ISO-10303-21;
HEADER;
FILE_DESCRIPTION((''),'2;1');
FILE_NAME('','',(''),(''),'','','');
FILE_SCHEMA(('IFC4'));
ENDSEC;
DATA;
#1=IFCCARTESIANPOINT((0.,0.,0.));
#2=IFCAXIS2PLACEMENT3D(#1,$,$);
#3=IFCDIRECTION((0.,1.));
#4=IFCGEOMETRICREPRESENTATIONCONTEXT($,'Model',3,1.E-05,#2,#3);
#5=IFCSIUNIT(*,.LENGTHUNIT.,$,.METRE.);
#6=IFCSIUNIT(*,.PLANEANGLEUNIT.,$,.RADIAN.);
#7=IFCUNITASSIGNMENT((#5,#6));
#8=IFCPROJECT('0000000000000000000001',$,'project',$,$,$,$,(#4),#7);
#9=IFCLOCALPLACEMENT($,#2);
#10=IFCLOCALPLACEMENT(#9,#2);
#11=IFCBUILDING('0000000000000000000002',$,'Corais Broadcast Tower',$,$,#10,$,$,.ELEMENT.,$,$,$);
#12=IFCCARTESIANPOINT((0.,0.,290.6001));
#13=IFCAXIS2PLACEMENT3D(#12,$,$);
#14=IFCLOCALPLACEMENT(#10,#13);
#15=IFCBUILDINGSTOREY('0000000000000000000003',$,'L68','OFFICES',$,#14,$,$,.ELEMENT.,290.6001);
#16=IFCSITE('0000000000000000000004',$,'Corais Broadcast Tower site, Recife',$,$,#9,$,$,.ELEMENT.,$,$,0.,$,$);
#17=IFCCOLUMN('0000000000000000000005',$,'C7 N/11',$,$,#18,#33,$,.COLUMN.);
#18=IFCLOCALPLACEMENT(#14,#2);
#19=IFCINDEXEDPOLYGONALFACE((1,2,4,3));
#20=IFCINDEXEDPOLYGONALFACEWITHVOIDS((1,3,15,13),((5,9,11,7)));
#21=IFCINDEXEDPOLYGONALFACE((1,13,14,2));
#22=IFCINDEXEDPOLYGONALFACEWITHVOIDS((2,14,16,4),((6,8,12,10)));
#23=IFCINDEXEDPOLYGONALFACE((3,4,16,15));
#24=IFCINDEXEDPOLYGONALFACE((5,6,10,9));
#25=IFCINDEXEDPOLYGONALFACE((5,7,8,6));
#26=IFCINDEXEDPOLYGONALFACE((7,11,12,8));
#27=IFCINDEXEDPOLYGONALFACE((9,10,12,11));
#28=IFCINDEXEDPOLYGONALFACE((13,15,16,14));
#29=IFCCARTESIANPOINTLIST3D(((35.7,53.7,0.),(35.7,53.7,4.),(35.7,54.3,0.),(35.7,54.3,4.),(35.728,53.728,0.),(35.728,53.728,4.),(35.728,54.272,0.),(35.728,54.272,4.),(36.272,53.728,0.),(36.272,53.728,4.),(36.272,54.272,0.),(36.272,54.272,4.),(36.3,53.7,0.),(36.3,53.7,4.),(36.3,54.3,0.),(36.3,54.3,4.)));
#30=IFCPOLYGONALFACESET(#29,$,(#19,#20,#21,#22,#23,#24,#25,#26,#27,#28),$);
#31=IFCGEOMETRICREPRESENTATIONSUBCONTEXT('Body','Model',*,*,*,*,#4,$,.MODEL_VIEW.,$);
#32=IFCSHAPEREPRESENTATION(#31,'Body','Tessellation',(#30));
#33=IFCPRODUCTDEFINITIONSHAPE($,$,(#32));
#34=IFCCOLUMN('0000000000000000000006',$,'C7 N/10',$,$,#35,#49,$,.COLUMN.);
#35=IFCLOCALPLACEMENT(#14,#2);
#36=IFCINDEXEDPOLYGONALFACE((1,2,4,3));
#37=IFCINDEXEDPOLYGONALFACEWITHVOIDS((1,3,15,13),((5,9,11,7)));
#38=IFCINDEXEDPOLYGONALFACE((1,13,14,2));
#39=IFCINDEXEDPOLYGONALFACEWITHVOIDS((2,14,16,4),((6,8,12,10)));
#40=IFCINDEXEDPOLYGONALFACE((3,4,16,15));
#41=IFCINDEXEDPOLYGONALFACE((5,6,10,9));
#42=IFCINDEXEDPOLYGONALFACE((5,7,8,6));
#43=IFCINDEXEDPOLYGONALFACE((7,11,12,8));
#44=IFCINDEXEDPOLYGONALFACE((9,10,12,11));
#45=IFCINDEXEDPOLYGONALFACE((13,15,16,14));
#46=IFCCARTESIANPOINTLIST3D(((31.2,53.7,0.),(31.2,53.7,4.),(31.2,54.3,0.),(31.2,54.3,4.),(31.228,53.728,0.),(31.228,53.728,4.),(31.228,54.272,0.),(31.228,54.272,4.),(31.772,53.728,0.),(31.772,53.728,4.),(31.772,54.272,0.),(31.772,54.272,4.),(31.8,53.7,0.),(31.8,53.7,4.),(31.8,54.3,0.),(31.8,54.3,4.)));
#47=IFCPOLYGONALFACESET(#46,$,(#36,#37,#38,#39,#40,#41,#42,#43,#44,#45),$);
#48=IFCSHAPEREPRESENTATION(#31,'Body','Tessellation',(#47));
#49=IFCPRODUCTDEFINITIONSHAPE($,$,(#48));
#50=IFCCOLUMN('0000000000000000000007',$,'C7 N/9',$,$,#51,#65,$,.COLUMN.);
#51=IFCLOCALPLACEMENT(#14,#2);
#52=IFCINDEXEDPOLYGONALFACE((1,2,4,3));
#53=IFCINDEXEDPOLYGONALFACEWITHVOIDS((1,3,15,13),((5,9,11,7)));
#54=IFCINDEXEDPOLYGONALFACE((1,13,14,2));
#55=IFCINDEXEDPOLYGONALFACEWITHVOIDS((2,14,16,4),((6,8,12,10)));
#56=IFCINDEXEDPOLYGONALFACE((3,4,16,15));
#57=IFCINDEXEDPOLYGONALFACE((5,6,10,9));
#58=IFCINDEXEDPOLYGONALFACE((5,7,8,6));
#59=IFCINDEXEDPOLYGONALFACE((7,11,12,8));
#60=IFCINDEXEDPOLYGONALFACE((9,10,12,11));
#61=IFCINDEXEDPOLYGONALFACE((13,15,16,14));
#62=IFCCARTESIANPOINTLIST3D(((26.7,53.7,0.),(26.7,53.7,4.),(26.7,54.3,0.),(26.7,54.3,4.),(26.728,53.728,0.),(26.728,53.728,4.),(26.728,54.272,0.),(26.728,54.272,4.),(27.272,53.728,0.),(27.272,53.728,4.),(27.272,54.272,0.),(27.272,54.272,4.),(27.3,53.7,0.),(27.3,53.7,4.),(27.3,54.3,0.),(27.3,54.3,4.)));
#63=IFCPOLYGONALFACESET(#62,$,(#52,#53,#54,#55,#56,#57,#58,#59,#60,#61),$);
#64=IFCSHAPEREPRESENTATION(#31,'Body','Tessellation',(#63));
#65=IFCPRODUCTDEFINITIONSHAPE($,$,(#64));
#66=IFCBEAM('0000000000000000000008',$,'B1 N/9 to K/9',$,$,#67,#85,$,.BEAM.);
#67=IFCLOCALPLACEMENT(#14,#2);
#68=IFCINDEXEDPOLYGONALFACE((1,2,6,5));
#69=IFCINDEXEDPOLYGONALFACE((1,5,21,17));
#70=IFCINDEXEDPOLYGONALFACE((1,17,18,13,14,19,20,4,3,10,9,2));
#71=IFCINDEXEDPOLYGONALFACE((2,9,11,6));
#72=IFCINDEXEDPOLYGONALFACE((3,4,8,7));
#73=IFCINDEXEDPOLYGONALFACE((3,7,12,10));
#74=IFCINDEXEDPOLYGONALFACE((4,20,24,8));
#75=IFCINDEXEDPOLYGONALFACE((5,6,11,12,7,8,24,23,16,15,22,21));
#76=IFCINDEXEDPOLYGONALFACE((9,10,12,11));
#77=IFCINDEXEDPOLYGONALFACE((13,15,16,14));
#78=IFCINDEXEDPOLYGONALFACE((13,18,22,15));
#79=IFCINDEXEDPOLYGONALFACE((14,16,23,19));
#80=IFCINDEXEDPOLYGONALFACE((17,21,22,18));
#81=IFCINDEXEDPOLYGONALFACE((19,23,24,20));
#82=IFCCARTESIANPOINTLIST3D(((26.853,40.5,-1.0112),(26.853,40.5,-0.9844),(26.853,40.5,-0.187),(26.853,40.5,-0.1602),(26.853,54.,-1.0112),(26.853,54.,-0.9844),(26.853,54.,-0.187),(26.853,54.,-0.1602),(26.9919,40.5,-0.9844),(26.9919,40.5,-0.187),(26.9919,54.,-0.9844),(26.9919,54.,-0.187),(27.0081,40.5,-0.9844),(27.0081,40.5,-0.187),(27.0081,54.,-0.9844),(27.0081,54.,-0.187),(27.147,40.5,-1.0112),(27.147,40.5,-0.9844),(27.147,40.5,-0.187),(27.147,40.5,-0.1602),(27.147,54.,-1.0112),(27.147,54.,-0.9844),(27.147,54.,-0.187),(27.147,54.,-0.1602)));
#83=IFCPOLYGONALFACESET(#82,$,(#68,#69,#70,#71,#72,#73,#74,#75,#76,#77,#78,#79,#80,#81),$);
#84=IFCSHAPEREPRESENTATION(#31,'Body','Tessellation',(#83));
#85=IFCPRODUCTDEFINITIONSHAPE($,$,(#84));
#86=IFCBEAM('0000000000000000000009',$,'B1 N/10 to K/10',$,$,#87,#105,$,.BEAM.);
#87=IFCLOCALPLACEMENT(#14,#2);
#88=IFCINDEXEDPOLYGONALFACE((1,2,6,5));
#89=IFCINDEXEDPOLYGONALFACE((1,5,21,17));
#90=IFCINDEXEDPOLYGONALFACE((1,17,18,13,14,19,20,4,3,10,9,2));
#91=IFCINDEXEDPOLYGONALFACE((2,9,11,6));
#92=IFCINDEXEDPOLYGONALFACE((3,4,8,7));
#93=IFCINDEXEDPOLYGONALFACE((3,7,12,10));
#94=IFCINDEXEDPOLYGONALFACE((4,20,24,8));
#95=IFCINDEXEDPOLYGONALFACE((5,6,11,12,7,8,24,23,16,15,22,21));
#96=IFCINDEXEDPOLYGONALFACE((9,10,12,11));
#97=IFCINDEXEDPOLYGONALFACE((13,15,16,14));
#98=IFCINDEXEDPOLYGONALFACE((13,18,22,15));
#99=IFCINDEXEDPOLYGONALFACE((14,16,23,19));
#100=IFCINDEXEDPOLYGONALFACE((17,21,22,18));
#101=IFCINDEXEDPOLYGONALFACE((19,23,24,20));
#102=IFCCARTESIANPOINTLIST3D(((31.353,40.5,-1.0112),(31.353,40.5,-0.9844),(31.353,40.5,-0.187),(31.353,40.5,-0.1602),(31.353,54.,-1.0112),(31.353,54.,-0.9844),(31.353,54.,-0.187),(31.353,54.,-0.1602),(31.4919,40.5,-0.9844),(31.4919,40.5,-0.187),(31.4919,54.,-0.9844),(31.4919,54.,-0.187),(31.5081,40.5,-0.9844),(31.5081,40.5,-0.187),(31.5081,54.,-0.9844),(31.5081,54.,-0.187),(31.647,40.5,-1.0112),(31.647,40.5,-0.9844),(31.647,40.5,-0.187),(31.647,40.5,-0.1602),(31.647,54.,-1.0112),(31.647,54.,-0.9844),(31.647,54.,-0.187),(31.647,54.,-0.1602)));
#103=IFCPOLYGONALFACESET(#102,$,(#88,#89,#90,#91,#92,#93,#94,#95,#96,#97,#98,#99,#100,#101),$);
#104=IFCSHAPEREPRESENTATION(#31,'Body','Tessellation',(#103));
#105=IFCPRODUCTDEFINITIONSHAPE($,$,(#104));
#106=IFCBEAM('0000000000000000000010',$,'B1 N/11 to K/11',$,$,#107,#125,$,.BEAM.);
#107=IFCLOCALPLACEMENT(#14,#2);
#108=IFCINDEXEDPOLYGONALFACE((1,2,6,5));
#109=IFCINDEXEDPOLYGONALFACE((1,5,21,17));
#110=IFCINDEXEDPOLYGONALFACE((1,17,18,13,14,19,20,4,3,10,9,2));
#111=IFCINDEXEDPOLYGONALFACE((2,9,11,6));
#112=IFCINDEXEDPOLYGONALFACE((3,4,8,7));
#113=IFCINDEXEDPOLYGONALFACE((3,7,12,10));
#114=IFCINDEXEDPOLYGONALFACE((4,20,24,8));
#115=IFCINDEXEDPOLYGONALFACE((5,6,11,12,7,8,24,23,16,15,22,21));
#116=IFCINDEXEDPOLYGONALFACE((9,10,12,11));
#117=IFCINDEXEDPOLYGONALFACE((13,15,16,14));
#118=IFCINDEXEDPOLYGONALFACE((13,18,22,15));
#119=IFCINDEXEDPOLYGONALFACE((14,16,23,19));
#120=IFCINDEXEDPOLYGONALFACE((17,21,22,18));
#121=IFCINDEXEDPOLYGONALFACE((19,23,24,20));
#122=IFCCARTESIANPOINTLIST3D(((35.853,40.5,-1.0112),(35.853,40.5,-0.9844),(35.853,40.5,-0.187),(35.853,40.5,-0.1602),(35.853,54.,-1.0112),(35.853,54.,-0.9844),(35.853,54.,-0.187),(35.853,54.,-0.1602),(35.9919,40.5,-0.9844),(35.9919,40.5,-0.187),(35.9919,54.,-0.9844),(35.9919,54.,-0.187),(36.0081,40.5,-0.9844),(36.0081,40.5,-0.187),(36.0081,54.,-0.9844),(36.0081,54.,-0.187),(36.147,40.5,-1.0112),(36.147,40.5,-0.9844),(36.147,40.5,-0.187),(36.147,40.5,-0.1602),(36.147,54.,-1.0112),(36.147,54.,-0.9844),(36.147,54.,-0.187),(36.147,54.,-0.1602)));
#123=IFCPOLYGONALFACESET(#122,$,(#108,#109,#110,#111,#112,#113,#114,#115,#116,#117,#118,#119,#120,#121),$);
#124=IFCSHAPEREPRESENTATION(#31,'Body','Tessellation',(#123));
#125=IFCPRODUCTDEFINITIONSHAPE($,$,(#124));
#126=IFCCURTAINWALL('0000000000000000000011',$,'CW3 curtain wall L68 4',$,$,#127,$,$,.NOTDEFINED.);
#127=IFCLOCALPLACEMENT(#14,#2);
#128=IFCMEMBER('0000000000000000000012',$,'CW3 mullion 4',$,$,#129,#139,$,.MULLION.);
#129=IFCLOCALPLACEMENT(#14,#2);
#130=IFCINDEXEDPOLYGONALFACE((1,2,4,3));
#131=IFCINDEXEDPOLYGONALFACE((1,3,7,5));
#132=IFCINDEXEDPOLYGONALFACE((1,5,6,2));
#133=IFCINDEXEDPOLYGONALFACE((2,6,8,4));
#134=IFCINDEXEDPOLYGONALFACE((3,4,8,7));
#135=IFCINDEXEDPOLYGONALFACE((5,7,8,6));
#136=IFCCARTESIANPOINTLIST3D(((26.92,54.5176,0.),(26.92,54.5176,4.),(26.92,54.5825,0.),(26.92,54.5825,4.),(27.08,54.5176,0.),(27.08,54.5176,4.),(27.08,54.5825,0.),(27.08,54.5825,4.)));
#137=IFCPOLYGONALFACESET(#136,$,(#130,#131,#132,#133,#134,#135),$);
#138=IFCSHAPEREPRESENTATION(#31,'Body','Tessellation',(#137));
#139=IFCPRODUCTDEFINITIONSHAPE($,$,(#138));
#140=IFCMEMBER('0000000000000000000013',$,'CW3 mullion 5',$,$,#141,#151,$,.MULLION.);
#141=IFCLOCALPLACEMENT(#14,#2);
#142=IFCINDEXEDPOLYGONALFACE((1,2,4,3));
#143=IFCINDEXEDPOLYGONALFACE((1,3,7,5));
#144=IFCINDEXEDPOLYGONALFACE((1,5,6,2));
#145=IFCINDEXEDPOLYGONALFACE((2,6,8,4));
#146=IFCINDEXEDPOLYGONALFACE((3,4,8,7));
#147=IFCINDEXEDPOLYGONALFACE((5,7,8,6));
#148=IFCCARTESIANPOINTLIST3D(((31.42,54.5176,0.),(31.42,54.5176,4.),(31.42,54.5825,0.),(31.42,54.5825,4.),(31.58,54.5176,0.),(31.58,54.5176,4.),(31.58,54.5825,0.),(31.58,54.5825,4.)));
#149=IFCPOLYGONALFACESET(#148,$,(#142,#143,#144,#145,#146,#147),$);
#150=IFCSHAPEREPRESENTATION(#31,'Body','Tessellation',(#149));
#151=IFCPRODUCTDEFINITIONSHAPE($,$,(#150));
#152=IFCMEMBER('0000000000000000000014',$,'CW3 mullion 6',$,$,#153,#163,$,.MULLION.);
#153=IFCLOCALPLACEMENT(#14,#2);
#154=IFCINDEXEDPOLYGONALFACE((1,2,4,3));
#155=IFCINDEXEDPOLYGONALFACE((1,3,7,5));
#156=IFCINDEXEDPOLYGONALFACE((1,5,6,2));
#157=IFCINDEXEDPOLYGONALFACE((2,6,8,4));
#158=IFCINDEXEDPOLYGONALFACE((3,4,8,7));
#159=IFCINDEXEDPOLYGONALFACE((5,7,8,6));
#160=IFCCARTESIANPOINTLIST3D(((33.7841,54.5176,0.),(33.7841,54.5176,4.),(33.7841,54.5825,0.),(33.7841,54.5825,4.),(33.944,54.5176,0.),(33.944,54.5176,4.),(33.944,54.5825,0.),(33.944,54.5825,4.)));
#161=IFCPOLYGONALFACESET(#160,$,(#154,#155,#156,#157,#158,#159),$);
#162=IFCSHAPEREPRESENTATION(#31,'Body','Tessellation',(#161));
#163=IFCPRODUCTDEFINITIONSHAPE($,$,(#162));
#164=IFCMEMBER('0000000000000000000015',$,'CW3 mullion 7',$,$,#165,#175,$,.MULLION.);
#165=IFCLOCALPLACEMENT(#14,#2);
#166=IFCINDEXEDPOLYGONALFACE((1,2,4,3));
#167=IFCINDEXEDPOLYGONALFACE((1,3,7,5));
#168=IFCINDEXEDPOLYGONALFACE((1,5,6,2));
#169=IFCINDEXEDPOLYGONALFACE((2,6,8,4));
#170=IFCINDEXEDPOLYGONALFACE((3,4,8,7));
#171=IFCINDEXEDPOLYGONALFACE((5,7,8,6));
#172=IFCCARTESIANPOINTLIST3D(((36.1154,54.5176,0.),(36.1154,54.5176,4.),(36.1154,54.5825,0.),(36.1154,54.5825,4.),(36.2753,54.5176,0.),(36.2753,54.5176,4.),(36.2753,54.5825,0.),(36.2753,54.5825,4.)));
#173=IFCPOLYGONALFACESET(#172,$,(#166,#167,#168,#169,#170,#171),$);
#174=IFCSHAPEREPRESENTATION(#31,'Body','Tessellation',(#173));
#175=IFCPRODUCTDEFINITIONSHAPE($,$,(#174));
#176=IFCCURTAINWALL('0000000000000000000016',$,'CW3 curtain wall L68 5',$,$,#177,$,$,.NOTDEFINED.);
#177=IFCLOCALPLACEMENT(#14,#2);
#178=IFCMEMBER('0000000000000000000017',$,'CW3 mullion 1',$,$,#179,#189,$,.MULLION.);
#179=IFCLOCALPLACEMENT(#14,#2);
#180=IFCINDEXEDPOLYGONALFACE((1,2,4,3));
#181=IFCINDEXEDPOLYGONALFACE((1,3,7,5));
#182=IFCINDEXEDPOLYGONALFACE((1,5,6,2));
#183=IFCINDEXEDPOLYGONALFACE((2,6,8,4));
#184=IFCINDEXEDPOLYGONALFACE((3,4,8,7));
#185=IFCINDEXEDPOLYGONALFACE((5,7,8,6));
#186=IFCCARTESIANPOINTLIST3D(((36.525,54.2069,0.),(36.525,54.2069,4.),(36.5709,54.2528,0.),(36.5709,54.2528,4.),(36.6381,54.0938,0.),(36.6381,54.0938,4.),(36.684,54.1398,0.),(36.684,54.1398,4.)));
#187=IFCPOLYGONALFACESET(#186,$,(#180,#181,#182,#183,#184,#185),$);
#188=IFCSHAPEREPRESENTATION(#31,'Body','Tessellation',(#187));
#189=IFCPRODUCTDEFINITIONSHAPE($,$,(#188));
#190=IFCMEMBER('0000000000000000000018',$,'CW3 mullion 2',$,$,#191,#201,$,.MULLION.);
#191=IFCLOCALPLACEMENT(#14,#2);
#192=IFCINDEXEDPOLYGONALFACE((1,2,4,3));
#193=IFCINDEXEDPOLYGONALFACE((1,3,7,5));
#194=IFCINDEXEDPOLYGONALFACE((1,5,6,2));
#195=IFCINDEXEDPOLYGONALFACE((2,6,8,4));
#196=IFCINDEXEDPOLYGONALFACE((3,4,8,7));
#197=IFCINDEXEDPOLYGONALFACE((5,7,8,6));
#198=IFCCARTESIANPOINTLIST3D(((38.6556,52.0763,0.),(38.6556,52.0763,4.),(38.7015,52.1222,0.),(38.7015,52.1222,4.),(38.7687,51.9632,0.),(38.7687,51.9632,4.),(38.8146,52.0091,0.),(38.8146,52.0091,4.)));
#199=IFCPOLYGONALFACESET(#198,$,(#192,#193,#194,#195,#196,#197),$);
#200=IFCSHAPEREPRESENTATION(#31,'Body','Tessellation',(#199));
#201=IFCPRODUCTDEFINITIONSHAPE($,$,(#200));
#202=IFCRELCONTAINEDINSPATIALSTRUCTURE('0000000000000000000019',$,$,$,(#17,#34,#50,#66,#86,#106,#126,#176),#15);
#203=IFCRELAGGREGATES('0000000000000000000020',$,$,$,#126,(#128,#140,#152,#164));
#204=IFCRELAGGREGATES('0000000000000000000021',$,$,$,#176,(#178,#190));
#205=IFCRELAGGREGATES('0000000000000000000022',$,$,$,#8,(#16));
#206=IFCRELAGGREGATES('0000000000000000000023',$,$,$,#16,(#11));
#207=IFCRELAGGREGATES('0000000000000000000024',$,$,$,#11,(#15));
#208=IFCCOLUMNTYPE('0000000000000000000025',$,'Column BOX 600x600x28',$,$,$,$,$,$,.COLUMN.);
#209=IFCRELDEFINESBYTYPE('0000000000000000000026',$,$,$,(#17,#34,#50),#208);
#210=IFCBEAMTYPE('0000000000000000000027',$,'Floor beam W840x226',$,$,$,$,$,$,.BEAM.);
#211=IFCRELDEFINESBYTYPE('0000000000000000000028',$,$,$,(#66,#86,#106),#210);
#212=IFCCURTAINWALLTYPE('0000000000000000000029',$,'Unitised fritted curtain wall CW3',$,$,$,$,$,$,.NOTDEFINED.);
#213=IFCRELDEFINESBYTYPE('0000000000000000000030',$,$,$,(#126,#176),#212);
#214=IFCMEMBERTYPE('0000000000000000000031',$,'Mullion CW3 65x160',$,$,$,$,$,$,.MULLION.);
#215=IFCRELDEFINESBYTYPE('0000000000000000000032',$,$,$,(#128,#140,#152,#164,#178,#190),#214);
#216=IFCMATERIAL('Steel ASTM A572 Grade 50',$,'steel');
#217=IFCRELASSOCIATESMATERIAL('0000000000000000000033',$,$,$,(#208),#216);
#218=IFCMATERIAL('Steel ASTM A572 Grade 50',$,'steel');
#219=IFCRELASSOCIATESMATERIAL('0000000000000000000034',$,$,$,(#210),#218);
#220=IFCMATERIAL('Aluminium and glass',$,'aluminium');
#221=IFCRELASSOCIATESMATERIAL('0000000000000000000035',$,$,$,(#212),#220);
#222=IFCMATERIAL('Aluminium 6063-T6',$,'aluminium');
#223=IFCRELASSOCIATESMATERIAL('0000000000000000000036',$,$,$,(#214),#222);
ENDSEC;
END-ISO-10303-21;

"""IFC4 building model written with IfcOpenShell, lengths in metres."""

from ifc_helpers import new_model, si_unit, direction, frame, origin, origin_2d, place, context, subcontext, project, spatial, rectangle, hollow_rectangle, i_section, extrude, material, material_profile, profile_set, type_object, element, aggregate, save


model = new_model("IFC4")

# Units and contexts
model_context = context("Model", 3, precision=1e-05, world=origin(), true_north=direction((0.0, 1.0)))
body_context = subcontext(model_context, "Body", "Model", "MODEL_VIEW")
ifc_project = project(units=[si_unit("LENGTHUNIT", "METRE"), si_unit("PLANEANGLEUNIT", "RADIAN")], contexts=[model_context])

# Site, building, storey
site_placement = place(None, origin())
site = spatial("IfcSite", under=ifc_project, at=site_placement, Name="Corais Broadcast Tower site, Recife", CompositionType="ELEMENT", RefElevation=0.0)
building_placement = place(site_placement, origin())
building = spatial("IfcBuilding", under=site, at=building_placement, Name="Corais Broadcast Tower", CompositionType="ELEMENT")
storey_placement = place(building_placement, frame((0.0, 0.0, 290.6001)))
storey = spatial("IfcBuildingStorey", under=building, at=storey_placement, Name="L68", Description="OFFICES", CompositionType="ELEMENT", Elevation=290.6001)

# Columns
ifc_material_1 = material(Name="Steel ASTM A572 Grade 50", Category="steel")
ifc_material_profile_1 = material_profile(ifc_material_1, hollow_rectangle(XDim=0.6001, YDim=0.6001, WallThickness=0.0281, at=origin_2d()), Name="BOX 600x600x28")
ifc_profile_set_1 = profile_set([ifc_material_profile_1], Name="Steel ASTM A572 Grade 50")
column_type = type_object("IfcColumnType", Name="Column BOX 600x600x28", PredefinedType="COLUMN", material=ifc_profile_set_1)
for number, where, z_axis, x_axis, name in (
    (1, (36.0, 54.0, 0.0), (0.0, 0.0, 1.0), (1.0, 0.0, 0.0), "C7 N/11"),
    (2, (31.5, 54.0, 0.0), (0.0, 0.0, 1.0), (1.0, 0.0, 0.0), "C7 N/10"),
    (3, (27.0, 54.0, 0.0), (0.0, 0.0, 1.0), (1.0, 0.0, 0.0), "C7 N/9"),
):
    element("IfcColumn", number, at=place(storey_placement, frame(where, z_axis=z_axis, x_axis=x_axis)), inside=storey, type_object=column_type, Name=name, PredefinedType="COLUMN", context=body_context, shape_type="SweptSolid", body=[
        extrude(hollow_rectangle(XDim=0.6001, YDim=0.6001, WallThickness=0.0281, at=origin_2d()), origin(), (0.0, 0.0, 1.0), 4.0),
    ])

# Beams
ifc_material_2 = material(Name="Steel ASTM A572 Grade 50", Category="steel")
ifc_material_profile_2 = material_profile(ifc_material_2, i_section(OverallWidth=0.2939, OverallDepth=0.8511, WebThickness=0.0161, FlangeThickness=0.0269, at=origin_2d()), Name="W840x226")
ifc_profile_set_2 = profile_set([ifc_material_profile_2], Name="Steel ASTM A572 Grade 50")
beam_type_1 = type_object("IfcBeamType", Name="Floor beam W840x226", PredefinedType="BEAM", material=ifc_profile_set_2)
for number, where, z_axis, x_axis, name in (
    (4, (27.0, 54.0, -0.5857), (0.0, -1.0, 0.0), (1.0, 0.0, 0.0), "B1 N/9 to K/9"),
    (5, (31.5, 54.0, -0.5857), (0.0, -1.0, 0.0), (1.0, 0.0, 0.0), "B1 N/10 to K/10"),
    (6, (36.0, 54.0, -0.5857), (0.0, -1.0, 0.0), (1.0, 0.0, 0.0), "B1 N/11 to K/11"),
):
    element("IfcBeam", number, at=place(storey_placement, frame(where, z_axis=z_axis, x_axis=x_axis)), inside=storey, type_object=beam_type_1, Name=name, PredefinedType="BEAM", context=body_context, shape_type="SweptSolid", body=[
        extrude(i_section(OverallWidth=0.2939, OverallDepth=0.8511, WebThickness=0.0161, FlangeThickness=0.0269, at=origin_2d()), origin(), (0.0, 0.0, 1.0), 13.5),
    ])

# Curtain walls, members
ifc_material_3 = material(Name="Aluminium and glass", Category="aluminium")
curtain_wall_type = type_object("IfcCurtainWallType", Name="Unitised fritted curtain wall CW3", PredefinedType="NOTDEFINED", material=ifc_material_3)
curtain_wall_1_placement = place(storey_placement, origin())
curtain_wall_1 = element("IfcCurtainWall", 7, at=curtain_wall_1_placement, inside=storey, type_object=curtain_wall_type, Name="CW3 curtain wall L68 4", PredefinedType="NOTDEFINED")
ifc_material_4 = material(Name="Aluminium 6063-T6", Category="aluminium")
ifc_material_profile_3 = material_profile(ifc_material_4, rectangle(XDim=0.0649, YDim=0.1599, at=origin_2d()), Name="Mullion CW3 65x160")
ifc_profile_set_3 = profile_set([ifc_material_profile_3], Name="Aluminium 6063-T6")
member_type_1 = type_object("IfcMemberType", Name="Mullion CW3 65x160", PredefinedType="MULLION", material=ifc_profile_set_3)
member_1_placement = place(storey_placement, frame((27.0, 54.55, 0.0), z_axis=(0.0, 0.0, 1.0), x_axis=(0.0, 1.0, 0.0)))
member_1 = element("IfcMember", 8, at=member_1_placement, type_object=member_type_1, Name="CW3 mullion 4", PredefinedType="MULLION", context=body_context, shape_type="SweptSolid", body=[
    extrude(rectangle(XDim=0.0649, YDim=0.1599, at=origin_2d()), origin(), (0.0, 0.0, 1.0), 4.0),
])
member_2_placement = place(storey_placement, frame((31.5, 54.55, 0.0), z_axis=(0.0, 0.0, 1.0), x_axis=(0.0, 1.0, 0.0)))
member_2 = element("IfcMember", 9, at=member_2_placement, type_object=member_type_1, Name="CW3 mullion 5", PredefinedType="MULLION", context=body_context, shape_type="SweptSolid", body=[
    extrude(rectangle(XDim=0.0649, YDim=0.1599, at=origin_2d()), origin(), (0.0, 0.0, 1.0), 4.0),
])
member_3_placement = place(storey_placement, frame((33.864, 54.55, 0.0), z_axis=(0.0, 0.0, 1.0), x_axis=(0.0, 1.0, 0.0)))
member_3 = element("IfcMember", 10, at=member_3_placement, type_object=member_type_1, Name="CW3 mullion 6", PredefinedType="MULLION", context=body_context, shape_type="SweptSolid", body=[
    extrude(rectangle(XDim=0.0649, YDim=0.1599, at=origin_2d()), origin(), (0.0, 0.0, 1.0), 4.0),
])
member_4_placement = place(storey_placement, frame((36.1953, 54.55, 0.0), z_axis=(0.0, 0.0, 1.0), x_axis=(0.0, 1.0, 0.0)))
member_4 = element("IfcMember", 11, at=member_4_placement, type_object=member_type_1, Name="CW3 mullion 7", PredefinedType="MULLION", context=body_context, shape_type="SweptSolid", body=[
    extrude(rectangle(XDim=0.0649, YDim=0.1599, at=origin_2d()), origin(), (0.0, 0.0, 1.0), 4.0),
])
curtain_wall_2_placement = place(storey_placement, origin())
curtain_wall_2 = element("IfcCurtainWall", 12, at=curtain_wall_2_placement, inside=storey, type_object=curtain_wall_type, Name="CW3 curtain wall L68 5", PredefinedType="NOTDEFINED")
member_5_placement = place(storey_placement, frame((36.6045, 54.1733, 0.0), z_axis=(0.0, 0.0, 1.0), x_axis=(0.707107, 0.707107, 0.0)))
member_5 = element("IfcMember", 13, at=member_5_placement, type_object=member_type_1, Name="CW3 mullion 1", PredefinedType="MULLION", context=body_context, shape_type="SweptSolid", body=[
    extrude(rectangle(XDim=0.0649, YDim=0.1599, at=origin_2d()), origin(), (0.0, 0.0, 1.0), 4.0),
])
member_6_placement = place(storey_placement, frame((38.7351, 52.0427, 0.0), z_axis=(0.0, 0.0, 1.0), x_axis=(0.707107, 0.707107, 0.0)))
member_6 = element("IfcMember", 14, at=member_6_placement, type_object=member_type_1, Name="CW3 mullion 2", PredefinedType="MULLION", context=body_context, shape_type="SweptSolid", body=[
    extrude(rectangle(XDim=0.0649, YDim=0.1599, at=origin_2d()), origin(), (0.0, 0.0, 1.0), 4.0),
])

aggregate(curtain_wall_1, [member_1, member_2, member_3, member_4])
aggregate(curtain_wall_2, [member_5, member_6])

save(model, "model.ifc")
